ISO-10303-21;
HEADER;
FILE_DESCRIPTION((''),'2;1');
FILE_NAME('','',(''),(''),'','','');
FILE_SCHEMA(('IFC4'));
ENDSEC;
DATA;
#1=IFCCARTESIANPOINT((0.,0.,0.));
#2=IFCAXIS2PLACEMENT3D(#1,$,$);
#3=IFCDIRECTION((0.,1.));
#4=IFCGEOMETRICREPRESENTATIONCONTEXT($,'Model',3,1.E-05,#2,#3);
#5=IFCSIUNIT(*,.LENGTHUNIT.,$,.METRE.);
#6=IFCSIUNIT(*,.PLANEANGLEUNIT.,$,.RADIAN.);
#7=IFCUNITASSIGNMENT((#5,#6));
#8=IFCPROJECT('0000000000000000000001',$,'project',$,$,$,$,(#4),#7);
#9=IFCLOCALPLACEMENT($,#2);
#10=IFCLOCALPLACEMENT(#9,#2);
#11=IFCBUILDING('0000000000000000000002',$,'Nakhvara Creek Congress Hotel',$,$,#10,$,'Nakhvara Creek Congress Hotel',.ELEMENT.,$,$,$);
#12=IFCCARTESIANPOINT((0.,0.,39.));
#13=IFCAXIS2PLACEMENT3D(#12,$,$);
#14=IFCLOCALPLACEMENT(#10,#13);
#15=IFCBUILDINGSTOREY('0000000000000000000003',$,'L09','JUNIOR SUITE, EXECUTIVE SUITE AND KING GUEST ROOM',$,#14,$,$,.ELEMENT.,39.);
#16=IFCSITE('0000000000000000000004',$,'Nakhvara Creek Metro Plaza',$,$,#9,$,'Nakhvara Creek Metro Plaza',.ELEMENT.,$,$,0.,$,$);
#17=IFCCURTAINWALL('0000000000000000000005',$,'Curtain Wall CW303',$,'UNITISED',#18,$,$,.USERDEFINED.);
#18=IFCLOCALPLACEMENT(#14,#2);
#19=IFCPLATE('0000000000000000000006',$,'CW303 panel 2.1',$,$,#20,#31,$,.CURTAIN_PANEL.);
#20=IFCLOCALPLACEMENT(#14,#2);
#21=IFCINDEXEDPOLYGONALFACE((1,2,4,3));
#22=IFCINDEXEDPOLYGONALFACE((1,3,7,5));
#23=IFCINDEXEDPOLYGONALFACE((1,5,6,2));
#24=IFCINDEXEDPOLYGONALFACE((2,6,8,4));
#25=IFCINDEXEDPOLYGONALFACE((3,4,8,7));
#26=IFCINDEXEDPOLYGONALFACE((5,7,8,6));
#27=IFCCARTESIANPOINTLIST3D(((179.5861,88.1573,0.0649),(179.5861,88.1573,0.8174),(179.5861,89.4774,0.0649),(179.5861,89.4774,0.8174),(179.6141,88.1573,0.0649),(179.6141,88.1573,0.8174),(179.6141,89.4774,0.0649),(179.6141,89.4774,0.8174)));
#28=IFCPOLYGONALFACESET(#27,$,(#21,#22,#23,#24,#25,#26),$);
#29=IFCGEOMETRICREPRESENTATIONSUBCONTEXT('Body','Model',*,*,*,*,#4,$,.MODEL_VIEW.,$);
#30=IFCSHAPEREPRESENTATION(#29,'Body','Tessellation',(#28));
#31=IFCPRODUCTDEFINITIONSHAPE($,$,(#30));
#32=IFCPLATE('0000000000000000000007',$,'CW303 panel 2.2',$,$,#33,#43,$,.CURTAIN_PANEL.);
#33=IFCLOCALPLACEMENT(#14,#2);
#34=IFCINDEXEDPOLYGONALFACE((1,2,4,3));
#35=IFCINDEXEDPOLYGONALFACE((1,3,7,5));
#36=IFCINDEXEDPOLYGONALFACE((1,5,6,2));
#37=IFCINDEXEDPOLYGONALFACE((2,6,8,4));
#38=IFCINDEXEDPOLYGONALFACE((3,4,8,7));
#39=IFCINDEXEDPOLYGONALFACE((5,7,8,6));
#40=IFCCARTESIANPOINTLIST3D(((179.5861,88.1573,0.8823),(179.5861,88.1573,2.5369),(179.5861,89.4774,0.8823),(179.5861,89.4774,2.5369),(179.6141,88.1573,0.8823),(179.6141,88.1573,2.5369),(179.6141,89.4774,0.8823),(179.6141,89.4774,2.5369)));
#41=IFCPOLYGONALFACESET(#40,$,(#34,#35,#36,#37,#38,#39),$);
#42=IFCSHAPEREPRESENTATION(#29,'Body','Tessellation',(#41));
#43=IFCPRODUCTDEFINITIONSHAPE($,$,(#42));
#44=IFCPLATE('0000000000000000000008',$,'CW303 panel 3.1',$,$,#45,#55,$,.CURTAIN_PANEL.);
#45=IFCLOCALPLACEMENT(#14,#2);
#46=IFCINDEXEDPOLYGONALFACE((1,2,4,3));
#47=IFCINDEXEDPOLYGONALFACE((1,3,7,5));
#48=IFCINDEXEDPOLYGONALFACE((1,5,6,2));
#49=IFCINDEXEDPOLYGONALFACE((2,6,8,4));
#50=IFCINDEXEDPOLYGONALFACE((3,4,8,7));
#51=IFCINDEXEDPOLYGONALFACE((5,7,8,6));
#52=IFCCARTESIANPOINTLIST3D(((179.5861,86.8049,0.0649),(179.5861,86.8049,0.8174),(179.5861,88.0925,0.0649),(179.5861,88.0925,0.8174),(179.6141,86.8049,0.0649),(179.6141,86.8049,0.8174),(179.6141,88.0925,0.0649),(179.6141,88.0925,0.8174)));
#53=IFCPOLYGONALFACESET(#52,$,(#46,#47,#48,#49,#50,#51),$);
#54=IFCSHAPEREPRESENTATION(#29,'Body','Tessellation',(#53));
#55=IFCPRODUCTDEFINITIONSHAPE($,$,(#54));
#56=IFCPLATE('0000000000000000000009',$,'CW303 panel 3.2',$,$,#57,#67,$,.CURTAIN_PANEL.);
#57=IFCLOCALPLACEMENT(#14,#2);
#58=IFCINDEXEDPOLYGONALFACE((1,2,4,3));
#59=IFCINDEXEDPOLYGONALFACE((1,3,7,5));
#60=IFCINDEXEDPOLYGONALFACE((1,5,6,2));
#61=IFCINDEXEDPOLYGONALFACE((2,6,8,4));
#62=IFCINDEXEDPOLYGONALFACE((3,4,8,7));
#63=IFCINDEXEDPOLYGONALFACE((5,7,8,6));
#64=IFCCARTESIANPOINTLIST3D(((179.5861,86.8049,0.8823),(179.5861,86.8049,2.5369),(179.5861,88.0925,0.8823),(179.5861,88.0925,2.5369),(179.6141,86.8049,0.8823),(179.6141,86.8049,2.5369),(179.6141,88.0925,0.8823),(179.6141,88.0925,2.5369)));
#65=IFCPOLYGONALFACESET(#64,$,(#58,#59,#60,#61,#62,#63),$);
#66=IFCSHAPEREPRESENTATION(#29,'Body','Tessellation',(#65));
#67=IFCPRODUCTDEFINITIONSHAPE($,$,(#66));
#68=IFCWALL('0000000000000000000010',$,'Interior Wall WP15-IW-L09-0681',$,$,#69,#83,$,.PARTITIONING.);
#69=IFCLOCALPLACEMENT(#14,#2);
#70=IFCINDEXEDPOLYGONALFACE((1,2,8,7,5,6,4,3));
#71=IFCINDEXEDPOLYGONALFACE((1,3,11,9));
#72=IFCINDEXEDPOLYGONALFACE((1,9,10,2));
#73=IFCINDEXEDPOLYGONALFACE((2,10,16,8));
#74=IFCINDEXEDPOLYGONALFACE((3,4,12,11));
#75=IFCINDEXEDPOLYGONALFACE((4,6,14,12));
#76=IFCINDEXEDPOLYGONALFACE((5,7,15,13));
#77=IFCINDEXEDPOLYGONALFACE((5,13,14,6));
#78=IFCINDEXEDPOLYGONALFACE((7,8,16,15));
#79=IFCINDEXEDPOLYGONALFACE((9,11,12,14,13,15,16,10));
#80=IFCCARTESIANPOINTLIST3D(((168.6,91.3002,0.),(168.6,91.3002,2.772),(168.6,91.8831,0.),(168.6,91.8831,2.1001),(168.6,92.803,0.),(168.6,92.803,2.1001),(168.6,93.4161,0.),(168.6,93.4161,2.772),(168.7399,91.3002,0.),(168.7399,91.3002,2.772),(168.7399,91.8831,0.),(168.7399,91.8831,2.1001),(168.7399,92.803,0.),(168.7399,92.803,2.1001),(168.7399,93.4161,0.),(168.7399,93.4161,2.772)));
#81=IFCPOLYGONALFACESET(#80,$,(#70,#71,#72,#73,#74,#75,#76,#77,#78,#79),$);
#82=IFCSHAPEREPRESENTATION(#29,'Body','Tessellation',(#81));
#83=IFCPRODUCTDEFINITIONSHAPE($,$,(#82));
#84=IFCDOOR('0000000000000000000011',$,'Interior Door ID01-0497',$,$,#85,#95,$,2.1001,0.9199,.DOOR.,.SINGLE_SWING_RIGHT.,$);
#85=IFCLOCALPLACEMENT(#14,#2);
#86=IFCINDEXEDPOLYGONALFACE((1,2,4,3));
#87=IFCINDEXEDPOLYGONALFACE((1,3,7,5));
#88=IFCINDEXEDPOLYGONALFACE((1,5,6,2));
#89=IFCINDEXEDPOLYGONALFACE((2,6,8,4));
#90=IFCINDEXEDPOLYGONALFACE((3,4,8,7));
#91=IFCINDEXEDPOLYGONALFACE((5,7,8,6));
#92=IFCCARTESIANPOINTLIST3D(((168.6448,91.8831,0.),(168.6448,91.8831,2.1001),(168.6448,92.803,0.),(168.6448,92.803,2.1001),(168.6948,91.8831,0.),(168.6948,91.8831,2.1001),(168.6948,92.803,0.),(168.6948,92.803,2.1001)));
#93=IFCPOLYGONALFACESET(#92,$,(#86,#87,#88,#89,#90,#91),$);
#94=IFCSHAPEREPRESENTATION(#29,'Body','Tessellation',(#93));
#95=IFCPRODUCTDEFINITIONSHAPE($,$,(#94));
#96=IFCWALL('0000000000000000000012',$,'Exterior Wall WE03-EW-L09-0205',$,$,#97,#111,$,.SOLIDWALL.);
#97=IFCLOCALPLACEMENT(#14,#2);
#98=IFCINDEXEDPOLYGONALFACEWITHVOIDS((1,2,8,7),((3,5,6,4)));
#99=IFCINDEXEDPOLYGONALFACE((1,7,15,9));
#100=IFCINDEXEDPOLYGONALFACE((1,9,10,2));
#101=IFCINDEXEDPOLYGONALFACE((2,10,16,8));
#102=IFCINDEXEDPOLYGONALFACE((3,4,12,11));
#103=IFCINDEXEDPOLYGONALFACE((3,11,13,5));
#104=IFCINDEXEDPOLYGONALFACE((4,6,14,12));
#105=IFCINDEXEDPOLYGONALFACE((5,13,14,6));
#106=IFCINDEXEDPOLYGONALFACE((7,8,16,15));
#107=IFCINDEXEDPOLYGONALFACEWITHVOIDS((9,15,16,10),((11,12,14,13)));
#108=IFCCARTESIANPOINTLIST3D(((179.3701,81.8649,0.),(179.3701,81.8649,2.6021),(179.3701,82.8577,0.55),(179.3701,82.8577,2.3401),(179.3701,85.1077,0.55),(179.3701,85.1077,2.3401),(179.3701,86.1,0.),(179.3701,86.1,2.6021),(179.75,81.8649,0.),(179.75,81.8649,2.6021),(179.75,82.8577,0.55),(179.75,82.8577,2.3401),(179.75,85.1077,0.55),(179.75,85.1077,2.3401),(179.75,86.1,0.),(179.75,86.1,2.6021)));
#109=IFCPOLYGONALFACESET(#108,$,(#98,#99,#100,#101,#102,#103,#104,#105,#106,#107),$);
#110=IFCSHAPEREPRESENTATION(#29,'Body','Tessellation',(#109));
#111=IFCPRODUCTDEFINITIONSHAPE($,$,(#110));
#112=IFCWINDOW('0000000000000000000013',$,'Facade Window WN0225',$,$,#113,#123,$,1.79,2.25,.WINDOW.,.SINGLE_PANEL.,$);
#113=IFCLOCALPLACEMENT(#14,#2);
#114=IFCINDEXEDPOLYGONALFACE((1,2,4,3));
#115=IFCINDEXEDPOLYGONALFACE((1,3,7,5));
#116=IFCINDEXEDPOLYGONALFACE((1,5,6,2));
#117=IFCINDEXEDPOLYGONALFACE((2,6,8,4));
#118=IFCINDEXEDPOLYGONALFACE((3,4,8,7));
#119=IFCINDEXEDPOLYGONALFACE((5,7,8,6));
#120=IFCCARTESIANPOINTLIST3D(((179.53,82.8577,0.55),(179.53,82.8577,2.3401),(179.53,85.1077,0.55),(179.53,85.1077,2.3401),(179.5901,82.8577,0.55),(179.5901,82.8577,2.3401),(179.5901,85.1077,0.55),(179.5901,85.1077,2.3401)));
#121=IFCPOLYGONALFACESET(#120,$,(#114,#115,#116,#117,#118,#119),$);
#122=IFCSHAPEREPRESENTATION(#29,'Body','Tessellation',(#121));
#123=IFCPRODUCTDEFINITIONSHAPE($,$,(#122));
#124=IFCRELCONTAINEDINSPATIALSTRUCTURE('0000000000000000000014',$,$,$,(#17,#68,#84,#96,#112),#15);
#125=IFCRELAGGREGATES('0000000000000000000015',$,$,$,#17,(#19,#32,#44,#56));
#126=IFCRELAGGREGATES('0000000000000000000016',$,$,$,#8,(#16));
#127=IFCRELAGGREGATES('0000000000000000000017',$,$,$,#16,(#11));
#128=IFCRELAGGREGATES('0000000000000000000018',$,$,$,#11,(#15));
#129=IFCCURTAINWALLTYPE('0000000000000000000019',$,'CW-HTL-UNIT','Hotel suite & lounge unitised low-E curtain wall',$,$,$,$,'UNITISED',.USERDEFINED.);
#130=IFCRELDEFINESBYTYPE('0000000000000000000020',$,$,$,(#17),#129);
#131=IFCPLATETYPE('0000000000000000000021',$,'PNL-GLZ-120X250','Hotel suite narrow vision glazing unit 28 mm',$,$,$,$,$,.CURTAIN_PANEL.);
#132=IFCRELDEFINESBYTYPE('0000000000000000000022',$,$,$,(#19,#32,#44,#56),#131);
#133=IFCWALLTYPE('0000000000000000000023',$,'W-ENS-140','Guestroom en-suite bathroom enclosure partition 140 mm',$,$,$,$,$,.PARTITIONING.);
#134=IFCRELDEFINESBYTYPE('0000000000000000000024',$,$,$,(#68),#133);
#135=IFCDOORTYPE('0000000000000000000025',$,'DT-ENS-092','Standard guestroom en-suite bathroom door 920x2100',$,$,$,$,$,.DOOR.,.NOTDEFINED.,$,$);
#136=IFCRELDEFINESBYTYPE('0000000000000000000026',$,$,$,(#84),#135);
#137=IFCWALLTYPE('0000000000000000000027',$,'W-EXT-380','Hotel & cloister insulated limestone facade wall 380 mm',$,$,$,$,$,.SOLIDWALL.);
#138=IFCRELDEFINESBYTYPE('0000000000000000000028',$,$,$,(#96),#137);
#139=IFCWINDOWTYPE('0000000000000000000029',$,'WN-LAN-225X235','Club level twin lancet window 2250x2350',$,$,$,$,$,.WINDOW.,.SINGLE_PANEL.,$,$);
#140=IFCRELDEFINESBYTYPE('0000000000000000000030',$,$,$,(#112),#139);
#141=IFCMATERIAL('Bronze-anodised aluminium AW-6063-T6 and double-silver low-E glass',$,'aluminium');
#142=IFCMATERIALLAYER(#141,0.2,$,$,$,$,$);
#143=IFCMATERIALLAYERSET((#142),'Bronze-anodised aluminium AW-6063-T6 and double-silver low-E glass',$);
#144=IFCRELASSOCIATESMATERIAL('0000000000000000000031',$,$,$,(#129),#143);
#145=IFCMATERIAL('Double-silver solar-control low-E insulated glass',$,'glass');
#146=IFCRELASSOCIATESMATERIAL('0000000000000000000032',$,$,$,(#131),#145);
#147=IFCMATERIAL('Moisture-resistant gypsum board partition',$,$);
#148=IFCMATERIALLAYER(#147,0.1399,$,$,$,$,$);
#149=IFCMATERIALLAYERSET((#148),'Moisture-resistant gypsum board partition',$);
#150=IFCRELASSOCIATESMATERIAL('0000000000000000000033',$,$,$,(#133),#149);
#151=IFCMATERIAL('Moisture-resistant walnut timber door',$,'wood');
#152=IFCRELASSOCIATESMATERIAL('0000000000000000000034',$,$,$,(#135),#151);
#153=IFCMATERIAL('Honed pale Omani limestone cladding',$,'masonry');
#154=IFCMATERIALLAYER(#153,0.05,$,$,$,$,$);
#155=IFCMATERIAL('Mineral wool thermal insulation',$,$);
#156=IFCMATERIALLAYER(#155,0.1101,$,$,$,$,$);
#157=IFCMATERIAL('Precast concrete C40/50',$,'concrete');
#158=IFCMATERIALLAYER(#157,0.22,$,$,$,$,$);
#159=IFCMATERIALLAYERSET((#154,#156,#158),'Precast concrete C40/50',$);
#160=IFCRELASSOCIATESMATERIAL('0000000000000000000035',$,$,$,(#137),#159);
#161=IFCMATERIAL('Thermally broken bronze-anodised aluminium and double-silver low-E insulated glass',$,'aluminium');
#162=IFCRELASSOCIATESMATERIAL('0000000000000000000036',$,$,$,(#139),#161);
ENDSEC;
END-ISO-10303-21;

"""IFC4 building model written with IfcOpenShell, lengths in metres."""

from ifc_helpers import new_model, si_unit, direction, frame, frame_2d, origin, origin_2d, place, context, subcontext, project, spatial, rectangle, extrude, material, layer, layer_set, type_object, element, fill, aggregate, save


model = new_model("IFC4")

# Units and contexts
model_context = context("Model", 3, precision=1e-05, world=origin(), true_north=direction((0.0, 1.0)))
body_context = subcontext(model_context, "Body", "Model", "MODEL_VIEW")
ifc_project = project(units=[si_unit("LENGTHUNIT", "METRE"), si_unit("PLANEANGLEUNIT", "RADIAN")], contexts=[model_context])

# Site, building, storey
site_placement = place(None, origin())
site = spatial("IfcSite", under=ifc_project, at=site_placement, Name="Nakhvara Creek Metro Plaza", LongName="Nakhvara Creek Metro Plaza", CompositionType="ELEMENT", RefElevation=0.0)
building_placement = place(site_placement, origin())
building = spatial("IfcBuilding", under=site, at=building_placement, Name="Nakhvara Creek Congress Hotel", LongName="Nakhvara Creek Congress Hotel", CompositionType="ELEMENT")
storey_placement = place(building_placement, frame((0.0, 0.0, 39.0)))
storey = spatial("IfcBuildingStorey", under=building, at=storey_placement, Name="L09", Description="JUNIOR SUITE, EXECUTIVE SUITE AND KING GUEST ROOM", CompositionType="ELEMENT", Elevation=39.0)

# Curtain wall, plates
ifc_material_1 = material(Name="Bronze-anodised aluminium AW-6063-T6 and double-silver low-E glass", Category="aluminium")
ifc_layer_1 = layer(ifc_material_1, 0.2)
ifc_layer_set_1 = layer_set([ifc_layer_1], Name="Bronze-anodised aluminium AW-6063-T6 and double-silver low-E glass")
curtain_wall_type = type_object("IfcCurtainWallType", Name="CW-HTL-UNIT", Description="Hotel suite & lounge unitised low-E curtain wall", ElementType="UNITISED", PredefinedType="USERDEFINED", material=ifc_layer_set_1)
curtain_wall_placement = place(storey_placement, origin())
curtain_wall = element("IfcCurtainWall", 1, at=curtain_wall_placement, inside=storey, type_object=curtain_wall_type, Name="Curtain Wall CW303", ObjectType="UNITISED", PredefinedType="USERDEFINED")
ifc_material_2 = material(Name="Double-silver solar-control low-E insulated glass", Category="glass")
plate_type = type_object("IfcPlateType", Name="PNL-GLZ-120X250", Description="Hotel suite narrow vision glazing unit 28 mm", PredefinedType="CURTAIN_PANEL", material=ifc_material_2)
plate_1_placement = place(storey_placement, frame((179.6001, 88.8174, 0.0649), z_axis=(0.0, 0.0, 1.0), x_axis=(0.0, -1.0, 0.0)))
plate_1 = element("IfcPlate", 2, at=plate_1_placement, type_object=plate_type, Name="CW303 panel 2.1", PredefinedType="CURTAIN_PANEL", context=body_context, shape_type="SweptSolid", body=[
    extrude(rectangle(XDim=1.3201, YDim=0.0281, at=origin_2d()), origin(), (0.0, 0.0, 1.0), 0.7524),
])
plate_2_placement = place(storey_placement, frame((179.6001, 88.8174, 0.8823), z_axis=(0.0, 0.0, 1.0), x_axis=(0.0, -1.0, 0.0)))
plate_2 = element("IfcPlate", 3, at=plate_2_placement, type_object=plate_type, Name="CW303 panel 2.2", PredefinedType="CURTAIN_PANEL", context=body_context, shape_type="SweptSolid", body=[
    extrude(rectangle(XDim=1.3201, YDim=0.0281, at=origin_2d()), origin(), (0.0, 0.0, 1.0), 1.6545),
])
plate_3_placement = place(storey_placement, frame((179.6001, 87.4487, 0.0649), z_axis=(0.0, 0.0, 1.0), x_axis=(0.0, -1.0, 0.0)))
plate_3 = element("IfcPlate", 4, at=plate_3_placement, type_object=plate_type, Name="CW303 panel 3.1", PredefinedType="CURTAIN_PANEL", context=body_context, shape_type="SweptSolid", body=[
    extrude(rectangle(XDim=1.2876, YDim=0.0281, at=origin_2d()), origin(), (0.0, 0.0, 1.0), 0.7524),
])
plate_4_placement = place(storey_placement, frame((179.6001, 87.4487, 0.8823), z_axis=(0.0, 0.0, 1.0), x_axis=(0.0, -1.0, 0.0)))
plate_4 = element("IfcPlate", 5, at=plate_4_placement, type_object=plate_type, Name="CW303 panel 3.2", PredefinedType="CURTAIN_PANEL", context=body_context, shape_type="SweptSolid", body=[
    extrude(rectangle(XDim=1.2876, YDim=0.0281, at=origin_2d()), origin(), (0.0, 0.0, 1.0), 1.6545),
])
aggregate(curtain_wall, [plate_1, plate_2, plate_3, plate_4])

# Wall, opening, door
ifc_material_3 = material(Name="Moisture-resistant gypsum board partition")
ifc_layer_2 = layer(ifc_material_3, 0.1399)
ifc_layer_set_2 = layer_set([ifc_layer_2], Name="Moisture-resistant gypsum board partition")
wall_type_1 = type_object("IfcWallType", Name="W-ENS-140", Description="Guestroom en-suite bathroom enclosure partition 140 mm", PredefinedType="PARTITIONING", material=ifc_layer_set_2)
wall_1_placement = place(storey_placement, frame((168.6699, 91.3, 0.0), z_axis=(0.0, 0.0, 1.0), x_axis=(0.0, 1.0, 0.0)))
wall_1 = element("IfcWall", 6, at=wall_1_placement, inside=storey, type_object=wall_type_1, Name="Interior Wall WP15-IW-L09-0681", PredefinedType="PARTITIONING", context=body_context, shape_type="SweptSolid", body=[
    extrude(rectangle(XDim=2.116, YDim=0.1399, at=frame_2d((1.0581, 0.0))), origin(), (0.0, 0.0, 1.0), 2.772),
])
opening_1_placement = place(wall_1_placement, frame((0.583, 0.0, 0.0)))
opening_1 = element("IfcOpeningElement", 7, at=opening_1_placement, cuts=wall_1, PredefinedType="OPENING", context=body_context, shape_type="SweptSolid", body=[
    extrude(rectangle(XDim=0.9199, YDim=2.1001, at=frame_2d((0.46, 1.05))), frame((0.0, 0.082, 0.0), z_axis=(0.0, -1.0, 0.0), x_axis=(1.0, 0.0, 0.0)), (0.0, 0.0, 1.0), 0.1638),
])
ifc_material_4 = material(Name="Moisture-resistant walnut timber door", Category="wood")
door_type = type_object("IfcDoorType", Name="DT-ENS-092", Description="Standard guestroom en-suite bathroom door 920x2100", OperationType="NOTDEFINED", PredefinedType="DOOR", material=ifc_material_4)
door_placement = place(opening_1_placement, frame((0.9199, 0.0, 0.0), z_axis=(0.0, 0.0, 1.0), x_axis=(-1.0, 0.0, 0.0)))
door = element("IfcDoor", 8, at=door_placement, inside=storey, type_object=door_type, Name="Interior Door ID01-0497", OperationType="SINGLE_SWING_RIGHT", OverallHeight=2.1001, OverallWidth=0.9199, PredefinedType="DOOR", context=body_context, shape_type="SweptSolid", body=[
    extrude(rectangle(XDim=0.9199, YDim=2.1001, at=frame_2d((0.46, 1.05))), frame((0.0, 0.0249, 0.0), z_axis=(0.0, -1.0, 0.0), x_axis=(1.0, 0.0, 0.0)), (0.0, 0.0, 1.0), 0.05),
])
fill(opening_1, door)

# Wall, opening, window
ifc_material_5 = material(Name="Honed pale Omani limestone cladding", Category="masonry")
ifc_layer_3 = layer(ifc_material_5, 0.05)
ifc_material_6 = material(Name="Mineral wool thermal insulation")
ifc_layer_4 = layer(ifc_material_6, 0.1101)
ifc_material_7 = material(Name="Precast concrete C40/50", Category="concrete")
ifc_layer_5 = layer(ifc_material_7, 0.22)
ifc_layer_set_3 = layer_set([ifc_layer_3, ifc_layer_4, ifc_layer_5], Name="Precast concrete C40/50")
wall_type_2 = type_object("IfcWallType", Name="W-EXT-380", Description="Hotel & cloister insulated limestone facade wall 380 mm", PredefinedType="SOLIDWALL", material=ifc_layer_set_3)
wall_2_placement = place(storey_placement, frame((179.5601, 86.1001, 0.0), z_axis=(0.0, 0.0, 1.0), x_axis=(0.0, -1.0, 0.0)))
wall_2 = element("IfcWall", 9, at=wall_2_placement, inside=storey, type_object=wall_type_2, Name="Exterior Wall WE03-EW-L09-0205", PredefinedType="SOLIDWALL", context=body_context, shape_type="SweptSolid", body=[
    extrude(rectangle(XDim=4.2351, YDim=0.3799, at=frame_2d((2.1177, 0.0))), origin(), (0.0, 0.0, 1.0), 2.6021),
])
opening_2_placement = place(wall_2_placement, frame((0.9924, 0.0, 0.55)))
opening_2 = element("IfcOpeningElement", 10, at=opening_2_placement, cuts=wall_2, PredefinedType="OPENING", context=body_context, shape_type="SweptSolid", body=[
    extrude(rectangle(XDim=2.25, YDim=1.79, at=frame_2d((1.125, 0.895))), frame((0.0, 0.2019, 0.0), z_axis=(0.0, -1.0, 0.0), x_axis=(1.0, 0.0, 0.0)), (0.0, 0.0, 1.0), 0.4038),
])
ifc_material_8 = material(Name="Thermally broken bronze-anodised aluminium and double-silver low-E insulated glass", Category="aluminium")
window_type = type_object("IfcWindowType", Name="WN-LAN-225X235", Description="Club level twin lancet window 2250x2350", PartitioningType="SINGLE_PANEL", PredefinedType="WINDOW", material=ifc_material_8)
window_placement = place(opening_2_placement, origin())
window = element("IfcWindow", 11, at=window_placement, inside=storey, type_object=window_type, Name="Facade Window WN0225", OverallHeight=1.79, OverallWidth=2.25, PartitioningType="SINGLE_PANEL", PredefinedType="WINDOW", context=body_context, shape_type="SweptSolid", body=[
    extrude(rectangle(XDim=2.25, YDim=1.79, at=frame_2d((1.125, 0.895))), frame((0.0, 0.03, 0.0), z_axis=(0.0, -1.0, 0.0), x_axis=(1.0, 0.0, 0.0)), (0.0, 0.0, 1.0), 0.0601),
])
fill(opening_2, window)

save(model, "model.ifc")
